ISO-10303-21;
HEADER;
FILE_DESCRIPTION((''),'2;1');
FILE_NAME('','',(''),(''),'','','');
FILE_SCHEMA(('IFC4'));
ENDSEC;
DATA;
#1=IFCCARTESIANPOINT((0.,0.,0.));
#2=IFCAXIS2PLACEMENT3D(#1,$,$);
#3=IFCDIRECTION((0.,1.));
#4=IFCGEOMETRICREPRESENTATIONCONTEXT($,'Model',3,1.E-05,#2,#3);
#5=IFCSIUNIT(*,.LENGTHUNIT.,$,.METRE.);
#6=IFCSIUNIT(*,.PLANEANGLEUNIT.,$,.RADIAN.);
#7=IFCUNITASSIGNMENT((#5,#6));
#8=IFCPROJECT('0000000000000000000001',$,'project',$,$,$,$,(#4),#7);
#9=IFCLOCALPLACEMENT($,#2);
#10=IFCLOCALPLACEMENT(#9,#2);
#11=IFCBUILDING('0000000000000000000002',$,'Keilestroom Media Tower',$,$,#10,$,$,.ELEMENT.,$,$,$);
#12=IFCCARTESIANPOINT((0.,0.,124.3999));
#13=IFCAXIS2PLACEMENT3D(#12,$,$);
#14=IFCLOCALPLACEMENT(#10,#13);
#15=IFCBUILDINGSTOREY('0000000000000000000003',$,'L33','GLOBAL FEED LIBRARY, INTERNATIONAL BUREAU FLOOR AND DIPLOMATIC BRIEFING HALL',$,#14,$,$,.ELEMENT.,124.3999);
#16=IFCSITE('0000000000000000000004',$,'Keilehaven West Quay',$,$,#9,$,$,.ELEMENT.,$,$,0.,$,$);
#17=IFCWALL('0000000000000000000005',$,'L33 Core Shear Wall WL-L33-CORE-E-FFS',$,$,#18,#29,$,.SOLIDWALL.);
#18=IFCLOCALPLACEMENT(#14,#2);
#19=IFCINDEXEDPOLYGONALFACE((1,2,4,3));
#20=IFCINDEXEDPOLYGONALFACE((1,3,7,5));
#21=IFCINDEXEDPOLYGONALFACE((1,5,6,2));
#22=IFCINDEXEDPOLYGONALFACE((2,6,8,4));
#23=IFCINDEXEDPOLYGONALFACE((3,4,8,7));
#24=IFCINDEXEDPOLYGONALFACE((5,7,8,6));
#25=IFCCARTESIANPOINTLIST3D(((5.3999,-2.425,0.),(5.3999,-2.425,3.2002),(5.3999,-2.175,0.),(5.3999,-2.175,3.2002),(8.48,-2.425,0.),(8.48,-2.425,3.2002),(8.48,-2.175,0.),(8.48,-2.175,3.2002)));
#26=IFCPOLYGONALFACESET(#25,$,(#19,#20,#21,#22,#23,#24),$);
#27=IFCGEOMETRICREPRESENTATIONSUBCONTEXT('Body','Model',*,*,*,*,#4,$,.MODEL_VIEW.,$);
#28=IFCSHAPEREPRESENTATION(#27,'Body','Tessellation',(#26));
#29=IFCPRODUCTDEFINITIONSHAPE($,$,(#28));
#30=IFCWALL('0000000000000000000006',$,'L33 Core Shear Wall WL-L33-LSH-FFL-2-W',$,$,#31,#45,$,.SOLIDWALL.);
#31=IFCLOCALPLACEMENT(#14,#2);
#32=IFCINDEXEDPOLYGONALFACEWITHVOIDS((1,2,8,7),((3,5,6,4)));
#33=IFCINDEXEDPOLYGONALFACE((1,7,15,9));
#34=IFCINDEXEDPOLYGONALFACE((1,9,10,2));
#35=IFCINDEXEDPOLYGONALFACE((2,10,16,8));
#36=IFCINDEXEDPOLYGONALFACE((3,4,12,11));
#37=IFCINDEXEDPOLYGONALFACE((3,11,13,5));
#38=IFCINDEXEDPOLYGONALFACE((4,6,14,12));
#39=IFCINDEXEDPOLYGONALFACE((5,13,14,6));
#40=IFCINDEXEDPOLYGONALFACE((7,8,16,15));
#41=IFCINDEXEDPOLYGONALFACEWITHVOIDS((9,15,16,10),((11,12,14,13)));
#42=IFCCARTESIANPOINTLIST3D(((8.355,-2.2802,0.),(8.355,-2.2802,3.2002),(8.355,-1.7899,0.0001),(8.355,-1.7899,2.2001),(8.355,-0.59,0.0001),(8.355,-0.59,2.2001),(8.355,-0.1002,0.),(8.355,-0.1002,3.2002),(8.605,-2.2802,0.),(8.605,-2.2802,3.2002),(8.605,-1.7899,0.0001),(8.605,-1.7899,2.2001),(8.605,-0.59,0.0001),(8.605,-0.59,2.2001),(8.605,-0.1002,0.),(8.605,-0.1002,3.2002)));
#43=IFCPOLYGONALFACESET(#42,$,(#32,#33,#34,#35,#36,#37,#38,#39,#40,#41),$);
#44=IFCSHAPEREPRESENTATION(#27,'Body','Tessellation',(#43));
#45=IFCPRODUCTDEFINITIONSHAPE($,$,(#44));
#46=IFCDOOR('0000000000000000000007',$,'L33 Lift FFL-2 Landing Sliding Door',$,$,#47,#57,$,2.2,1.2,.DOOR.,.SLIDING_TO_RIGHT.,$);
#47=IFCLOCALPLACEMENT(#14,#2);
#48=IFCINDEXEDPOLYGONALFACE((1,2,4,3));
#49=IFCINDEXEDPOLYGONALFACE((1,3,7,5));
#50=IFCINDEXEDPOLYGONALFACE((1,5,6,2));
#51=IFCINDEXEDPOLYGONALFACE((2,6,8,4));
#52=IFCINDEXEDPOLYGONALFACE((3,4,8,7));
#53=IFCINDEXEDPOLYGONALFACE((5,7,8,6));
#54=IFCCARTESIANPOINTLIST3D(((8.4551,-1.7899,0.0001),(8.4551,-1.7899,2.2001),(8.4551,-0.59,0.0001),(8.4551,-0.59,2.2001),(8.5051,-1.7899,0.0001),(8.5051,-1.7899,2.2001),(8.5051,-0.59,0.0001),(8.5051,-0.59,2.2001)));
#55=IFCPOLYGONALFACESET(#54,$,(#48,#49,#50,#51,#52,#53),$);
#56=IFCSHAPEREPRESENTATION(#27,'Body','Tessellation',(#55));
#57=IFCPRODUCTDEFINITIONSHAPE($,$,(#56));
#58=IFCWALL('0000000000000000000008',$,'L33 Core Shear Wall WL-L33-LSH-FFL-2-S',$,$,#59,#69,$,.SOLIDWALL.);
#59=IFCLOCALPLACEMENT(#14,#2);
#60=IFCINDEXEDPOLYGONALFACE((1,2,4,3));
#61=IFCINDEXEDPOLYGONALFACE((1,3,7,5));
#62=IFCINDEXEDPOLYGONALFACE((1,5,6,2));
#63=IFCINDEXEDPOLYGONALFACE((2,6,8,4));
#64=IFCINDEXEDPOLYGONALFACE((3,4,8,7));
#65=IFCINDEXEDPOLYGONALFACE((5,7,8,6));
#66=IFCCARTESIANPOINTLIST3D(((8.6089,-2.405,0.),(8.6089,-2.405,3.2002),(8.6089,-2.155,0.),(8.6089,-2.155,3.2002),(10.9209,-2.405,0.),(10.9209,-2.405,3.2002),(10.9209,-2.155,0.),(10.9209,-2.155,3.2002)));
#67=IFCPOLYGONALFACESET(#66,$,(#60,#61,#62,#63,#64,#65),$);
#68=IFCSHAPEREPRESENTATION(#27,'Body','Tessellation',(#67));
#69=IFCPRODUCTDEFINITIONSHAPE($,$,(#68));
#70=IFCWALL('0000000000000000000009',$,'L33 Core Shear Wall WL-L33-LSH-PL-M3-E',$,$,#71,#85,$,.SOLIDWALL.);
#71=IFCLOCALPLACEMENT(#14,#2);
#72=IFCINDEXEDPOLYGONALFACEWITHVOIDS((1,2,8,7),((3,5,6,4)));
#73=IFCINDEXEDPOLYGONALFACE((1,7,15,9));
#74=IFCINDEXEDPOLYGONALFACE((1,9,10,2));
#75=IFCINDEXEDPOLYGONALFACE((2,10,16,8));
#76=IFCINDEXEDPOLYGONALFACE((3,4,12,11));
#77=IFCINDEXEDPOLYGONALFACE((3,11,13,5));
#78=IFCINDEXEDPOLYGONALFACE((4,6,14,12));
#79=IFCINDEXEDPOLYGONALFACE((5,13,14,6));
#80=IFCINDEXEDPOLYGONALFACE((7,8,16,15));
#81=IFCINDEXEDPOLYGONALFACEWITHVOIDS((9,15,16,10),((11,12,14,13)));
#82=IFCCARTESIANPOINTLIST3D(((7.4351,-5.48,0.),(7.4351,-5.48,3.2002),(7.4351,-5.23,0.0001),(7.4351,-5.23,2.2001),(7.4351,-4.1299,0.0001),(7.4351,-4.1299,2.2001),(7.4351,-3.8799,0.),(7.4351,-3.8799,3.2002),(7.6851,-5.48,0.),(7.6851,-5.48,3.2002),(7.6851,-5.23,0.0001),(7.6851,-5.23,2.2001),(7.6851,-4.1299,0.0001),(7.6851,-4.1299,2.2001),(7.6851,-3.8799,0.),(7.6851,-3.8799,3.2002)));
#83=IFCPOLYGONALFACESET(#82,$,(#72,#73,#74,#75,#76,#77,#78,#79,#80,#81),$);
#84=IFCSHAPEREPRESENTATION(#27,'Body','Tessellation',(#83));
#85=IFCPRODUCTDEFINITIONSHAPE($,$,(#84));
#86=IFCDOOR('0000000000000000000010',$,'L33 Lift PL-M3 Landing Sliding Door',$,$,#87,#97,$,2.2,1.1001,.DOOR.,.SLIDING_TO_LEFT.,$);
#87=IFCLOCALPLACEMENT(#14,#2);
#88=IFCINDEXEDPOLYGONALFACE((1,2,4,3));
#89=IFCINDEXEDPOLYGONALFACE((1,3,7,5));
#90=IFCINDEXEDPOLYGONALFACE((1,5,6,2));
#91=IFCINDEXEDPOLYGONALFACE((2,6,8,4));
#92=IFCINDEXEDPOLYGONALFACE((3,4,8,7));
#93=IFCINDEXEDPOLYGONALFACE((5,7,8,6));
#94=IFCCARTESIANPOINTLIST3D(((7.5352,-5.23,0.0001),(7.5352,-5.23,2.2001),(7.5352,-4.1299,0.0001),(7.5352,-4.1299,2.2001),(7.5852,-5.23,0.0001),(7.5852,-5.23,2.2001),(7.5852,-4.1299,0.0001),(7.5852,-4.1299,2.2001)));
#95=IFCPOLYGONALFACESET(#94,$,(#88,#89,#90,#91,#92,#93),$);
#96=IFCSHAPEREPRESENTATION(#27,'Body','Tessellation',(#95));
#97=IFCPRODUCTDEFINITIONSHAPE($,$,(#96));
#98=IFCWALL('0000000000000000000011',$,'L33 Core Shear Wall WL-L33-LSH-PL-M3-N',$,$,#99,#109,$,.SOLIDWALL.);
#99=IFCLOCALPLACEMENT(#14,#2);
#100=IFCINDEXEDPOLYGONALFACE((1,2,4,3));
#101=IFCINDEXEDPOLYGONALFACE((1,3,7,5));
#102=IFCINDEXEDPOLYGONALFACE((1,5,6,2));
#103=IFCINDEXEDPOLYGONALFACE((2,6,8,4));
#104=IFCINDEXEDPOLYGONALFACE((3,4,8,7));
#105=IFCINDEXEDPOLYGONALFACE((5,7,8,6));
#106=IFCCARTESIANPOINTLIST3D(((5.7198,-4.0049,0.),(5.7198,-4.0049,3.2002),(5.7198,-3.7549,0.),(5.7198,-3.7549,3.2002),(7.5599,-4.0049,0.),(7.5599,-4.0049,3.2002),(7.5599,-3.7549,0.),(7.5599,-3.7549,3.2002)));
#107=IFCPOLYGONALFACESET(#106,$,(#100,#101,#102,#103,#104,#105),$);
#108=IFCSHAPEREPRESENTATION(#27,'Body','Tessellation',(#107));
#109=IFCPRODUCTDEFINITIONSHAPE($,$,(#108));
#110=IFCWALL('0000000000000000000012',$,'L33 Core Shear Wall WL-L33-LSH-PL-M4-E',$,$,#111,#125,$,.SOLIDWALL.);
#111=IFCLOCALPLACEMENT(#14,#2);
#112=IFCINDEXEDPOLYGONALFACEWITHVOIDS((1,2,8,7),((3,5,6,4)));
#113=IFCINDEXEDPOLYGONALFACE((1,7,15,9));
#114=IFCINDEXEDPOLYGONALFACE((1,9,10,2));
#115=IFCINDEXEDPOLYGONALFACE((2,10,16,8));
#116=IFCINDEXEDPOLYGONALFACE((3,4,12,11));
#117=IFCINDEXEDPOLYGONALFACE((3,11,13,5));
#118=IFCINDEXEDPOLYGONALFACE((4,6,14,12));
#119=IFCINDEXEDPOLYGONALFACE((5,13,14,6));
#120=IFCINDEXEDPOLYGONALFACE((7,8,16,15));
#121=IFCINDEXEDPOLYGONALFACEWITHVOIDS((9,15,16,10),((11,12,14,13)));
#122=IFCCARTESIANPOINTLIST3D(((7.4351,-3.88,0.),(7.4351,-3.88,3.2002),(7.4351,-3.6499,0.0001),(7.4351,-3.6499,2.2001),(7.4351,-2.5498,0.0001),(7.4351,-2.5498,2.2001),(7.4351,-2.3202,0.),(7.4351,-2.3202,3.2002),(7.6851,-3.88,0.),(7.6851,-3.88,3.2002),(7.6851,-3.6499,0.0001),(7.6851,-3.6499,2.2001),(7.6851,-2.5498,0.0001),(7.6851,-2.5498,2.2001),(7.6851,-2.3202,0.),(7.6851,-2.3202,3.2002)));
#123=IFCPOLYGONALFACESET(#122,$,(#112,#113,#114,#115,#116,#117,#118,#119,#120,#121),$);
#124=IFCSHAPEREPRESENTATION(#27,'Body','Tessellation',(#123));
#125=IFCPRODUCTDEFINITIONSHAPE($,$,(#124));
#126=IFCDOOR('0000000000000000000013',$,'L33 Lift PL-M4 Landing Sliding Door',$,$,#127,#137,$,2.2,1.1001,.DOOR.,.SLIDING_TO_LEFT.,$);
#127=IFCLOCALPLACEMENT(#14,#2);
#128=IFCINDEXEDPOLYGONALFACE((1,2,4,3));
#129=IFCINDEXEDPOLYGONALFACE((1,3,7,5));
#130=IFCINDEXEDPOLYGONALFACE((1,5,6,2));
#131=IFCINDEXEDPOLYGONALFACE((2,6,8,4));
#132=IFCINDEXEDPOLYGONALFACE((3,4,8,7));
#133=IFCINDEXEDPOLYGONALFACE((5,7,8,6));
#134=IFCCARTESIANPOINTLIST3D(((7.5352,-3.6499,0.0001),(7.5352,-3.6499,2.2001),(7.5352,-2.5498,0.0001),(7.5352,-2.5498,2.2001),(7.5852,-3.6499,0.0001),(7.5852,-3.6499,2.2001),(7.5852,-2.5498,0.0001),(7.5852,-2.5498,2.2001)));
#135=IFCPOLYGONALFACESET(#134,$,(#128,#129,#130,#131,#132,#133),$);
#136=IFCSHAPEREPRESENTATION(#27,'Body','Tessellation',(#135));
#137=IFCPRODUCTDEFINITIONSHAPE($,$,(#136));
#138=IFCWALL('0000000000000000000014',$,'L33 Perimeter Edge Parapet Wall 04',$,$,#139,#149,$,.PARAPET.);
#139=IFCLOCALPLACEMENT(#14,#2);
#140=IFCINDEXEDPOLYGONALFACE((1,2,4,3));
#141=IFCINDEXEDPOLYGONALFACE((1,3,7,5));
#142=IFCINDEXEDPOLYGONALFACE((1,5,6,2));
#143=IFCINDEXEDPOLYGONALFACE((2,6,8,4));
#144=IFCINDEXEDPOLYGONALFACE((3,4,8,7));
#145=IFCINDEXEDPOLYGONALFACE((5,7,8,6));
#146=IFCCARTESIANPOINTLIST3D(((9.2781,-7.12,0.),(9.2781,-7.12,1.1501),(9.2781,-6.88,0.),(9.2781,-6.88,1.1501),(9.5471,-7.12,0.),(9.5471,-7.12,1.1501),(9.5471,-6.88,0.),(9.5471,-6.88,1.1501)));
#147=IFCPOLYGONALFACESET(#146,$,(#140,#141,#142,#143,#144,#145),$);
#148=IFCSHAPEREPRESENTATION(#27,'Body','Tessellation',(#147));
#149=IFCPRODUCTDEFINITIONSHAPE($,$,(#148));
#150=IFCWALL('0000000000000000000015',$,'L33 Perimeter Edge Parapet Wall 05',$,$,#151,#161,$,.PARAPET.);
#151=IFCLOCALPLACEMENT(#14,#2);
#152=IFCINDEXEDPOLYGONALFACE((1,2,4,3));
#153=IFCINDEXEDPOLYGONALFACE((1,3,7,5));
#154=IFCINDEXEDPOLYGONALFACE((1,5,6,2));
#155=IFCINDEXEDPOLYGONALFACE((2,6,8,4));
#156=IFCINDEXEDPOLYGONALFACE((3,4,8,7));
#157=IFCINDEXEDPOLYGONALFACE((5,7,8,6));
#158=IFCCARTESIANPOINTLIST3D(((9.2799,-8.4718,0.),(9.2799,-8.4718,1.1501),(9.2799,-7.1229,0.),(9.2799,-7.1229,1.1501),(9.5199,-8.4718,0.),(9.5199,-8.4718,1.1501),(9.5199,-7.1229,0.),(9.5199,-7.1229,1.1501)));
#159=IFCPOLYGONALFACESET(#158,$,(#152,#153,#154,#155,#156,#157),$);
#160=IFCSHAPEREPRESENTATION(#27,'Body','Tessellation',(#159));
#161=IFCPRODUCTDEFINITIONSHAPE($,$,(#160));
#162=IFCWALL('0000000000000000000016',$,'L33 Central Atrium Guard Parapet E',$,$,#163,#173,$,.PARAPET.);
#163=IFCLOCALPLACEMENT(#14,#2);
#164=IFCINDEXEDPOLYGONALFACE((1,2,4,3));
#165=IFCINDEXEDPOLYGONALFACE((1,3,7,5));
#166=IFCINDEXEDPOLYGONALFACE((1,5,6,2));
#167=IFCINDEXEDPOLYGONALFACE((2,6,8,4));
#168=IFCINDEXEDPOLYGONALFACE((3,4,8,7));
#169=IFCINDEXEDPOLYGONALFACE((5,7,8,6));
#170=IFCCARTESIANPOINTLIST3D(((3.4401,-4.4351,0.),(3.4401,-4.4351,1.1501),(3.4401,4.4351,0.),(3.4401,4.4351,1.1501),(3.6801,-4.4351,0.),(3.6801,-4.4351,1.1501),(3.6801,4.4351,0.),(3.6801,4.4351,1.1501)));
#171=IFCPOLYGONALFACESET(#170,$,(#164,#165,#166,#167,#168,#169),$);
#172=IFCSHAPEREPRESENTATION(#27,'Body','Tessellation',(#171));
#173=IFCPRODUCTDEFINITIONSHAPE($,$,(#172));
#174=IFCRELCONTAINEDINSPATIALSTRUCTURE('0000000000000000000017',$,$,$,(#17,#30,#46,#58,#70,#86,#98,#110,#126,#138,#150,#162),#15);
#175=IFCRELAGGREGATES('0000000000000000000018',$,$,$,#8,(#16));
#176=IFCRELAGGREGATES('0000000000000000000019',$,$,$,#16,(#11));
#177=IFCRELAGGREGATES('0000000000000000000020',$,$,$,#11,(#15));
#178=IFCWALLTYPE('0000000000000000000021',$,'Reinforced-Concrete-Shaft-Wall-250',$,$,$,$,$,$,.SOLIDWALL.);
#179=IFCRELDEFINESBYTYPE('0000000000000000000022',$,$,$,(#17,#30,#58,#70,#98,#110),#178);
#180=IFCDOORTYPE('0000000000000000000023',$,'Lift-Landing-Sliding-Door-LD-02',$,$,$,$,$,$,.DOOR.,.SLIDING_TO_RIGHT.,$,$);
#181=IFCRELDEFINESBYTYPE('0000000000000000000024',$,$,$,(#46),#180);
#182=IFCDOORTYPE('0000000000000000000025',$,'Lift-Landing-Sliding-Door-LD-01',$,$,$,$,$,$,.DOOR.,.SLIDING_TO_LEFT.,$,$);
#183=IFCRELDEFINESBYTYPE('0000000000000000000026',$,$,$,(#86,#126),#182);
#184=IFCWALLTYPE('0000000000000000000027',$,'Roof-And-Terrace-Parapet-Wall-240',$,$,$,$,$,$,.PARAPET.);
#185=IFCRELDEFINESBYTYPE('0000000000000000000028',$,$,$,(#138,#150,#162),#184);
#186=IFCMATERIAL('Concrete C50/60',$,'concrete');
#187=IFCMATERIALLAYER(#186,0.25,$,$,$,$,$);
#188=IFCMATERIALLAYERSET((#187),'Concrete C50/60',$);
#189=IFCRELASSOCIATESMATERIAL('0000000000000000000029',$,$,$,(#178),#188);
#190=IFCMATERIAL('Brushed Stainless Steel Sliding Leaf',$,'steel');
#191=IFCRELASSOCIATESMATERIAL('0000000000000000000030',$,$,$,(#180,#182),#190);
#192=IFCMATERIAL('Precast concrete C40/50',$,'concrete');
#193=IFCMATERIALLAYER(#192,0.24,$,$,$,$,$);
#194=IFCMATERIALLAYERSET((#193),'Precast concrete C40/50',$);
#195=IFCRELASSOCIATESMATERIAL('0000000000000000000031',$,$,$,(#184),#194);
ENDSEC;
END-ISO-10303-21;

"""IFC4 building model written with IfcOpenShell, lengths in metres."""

from ifc_helpers import new_model, si_unit, direction, frame, frame_2d, origin, place, context, subcontext, project, spatial, rectangle, extrude, source, transform, mapped, material, layer, layer_set, type_object, element, fill, save


model = new_model("IFC4")

# Units and contexts
model_context = context("Model", 3, precision=1e-05, world=origin(), true_north=direction((0.0, 1.0)))
body_context = subcontext(model_context, "Body", "Model", "MODEL_VIEW")
ifc_project = project(units=[si_unit("LENGTHUNIT", "METRE"), si_unit("PLANEANGLEUNIT", "RADIAN")], contexts=[model_context])

# Site, building, storey
site_placement = place(None, origin())
site = spatial("IfcSite", under=ifc_project, at=site_placement, Name="Keilehaven West Quay", CompositionType="ELEMENT", RefElevation=0.0)
building_placement = place(site_placement, origin())
building = spatial("IfcBuilding", under=site, at=building_placement, Name="Keilestroom Media Tower", CompositionType="ELEMENT")
storey_placement = place(building_placement, frame((0.0, 0.0, 124.3999)))
storey = spatial("IfcBuildingStorey", under=building, at=storey_placement, Name="L33", Description="GLOBAL FEED LIBRARY, INTERNATIONAL BUREAU FLOOR AND DIPLOMATIC BRIEFING HALL", CompositionType="ELEMENT", Elevation=124.3999)

# Shared definitions
shared_shape_1 = source(origin(), body_context, "Body", "SweptSolid", [
    extrude(rectangle(XDim=1.2, YDim=2.2, at=frame_2d((0.6001, 1.1001))), frame((0.0, 0.0249, 0.0), z_axis=(0.0, -1.0, 0.0), x_axis=(1.0, 0.0, 0.0)), (0.0, 0.0, 1.0), 0.05),
])

# Wall
ifc_material_1 = material(Name="Concrete C50/60", Category="concrete")
ifc_layer_1 = layer(ifc_material_1, 0.25)
ifc_layer_set_1 = layer_set([ifc_layer_1], Name="Concrete C50/60")
wall_type_1 = type_object("IfcWallType", Name="Reinforced-Concrete-Shaft-Wall-250", PredefinedType="SOLIDWALL", material=ifc_layer_set_1)
wall_1_placement = place(storey_placement, frame((5.3999, -2.3, 0.0), z_axis=(0.0, 0.0, 1.0), x_axis=(1.0, 0.0, 0.0)))
element("IfcWall", 1, at=wall_1_placement, inside=storey, type_object=wall_type_1, Name="L33 Core Shear Wall WL-L33-CORE-E-FFS", PredefinedType="SOLIDWALL", context=body_context, shape_type="SweptSolid", body=[
    extrude(rectangle(XDim=3.0801, YDim=0.25, at=frame_2d((1.54, 0.0))), origin(), (0.0, 0.0, 1.0), 3.2002),
])

# Wall, opening, door
wall_2_placement = place(storey_placement, frame((8.48, -2.28, 0.0), z_axis=(0.0, 0.0, 1.0), x_axis=(0.0, 1.0, 0.0)))
wall_2 = element("IfcWall", 2, at=wall_2_placement, inside=storey, type_object=wall_type_1, Name="L33 Core Shear Wall WL-L33-LSH-FFL-2-W", PredefinedType="SOLIDWALL", context=body_context, shape_type="SweptSolid", body=[
    extrude(rectangle(XDim=2.1799, YDim=0.25, at=frame_2d((1.0898, 0.0))), origin(), (0.0, 0.0, 1.0), 3.2002),
])
opening_1_placement = place(wall_2_placement, frame((0.49, 0.0, 0.0)))
opening_1 = element("IfcOpeningElement", 3, at=opening_1_placement, cuts=wall_2, PredefinedType="OPENING", context=body_context, shape_type="SweptSolid", body=[
    extrude(rectangle(XDim=1.2, YDim=2.2, at=frame_2d((0.6001, 1.1001))), frame((0.0, 0.135, 0.0), z_axis=(0.0, -1.0, 0.0), x_axis=(1.0, 0.0, 0.0)), (0.0, 0.0, 1.0), 0.27),
])
ifc_material_2 = material(Name="Brushed Stainless Steel Sliding Leaf", Category="steel")
door_type_1 = type_object("IfcDoorType", Name="Lift-Landing-Sliding-Door-LD-02", OperationType="SLIDING_TO_RIGHT", PredefinedType="DOOR", material=ifc_material_2)
door_1_placement = place(opening_1_placement, origin())
door_1 = element("IfcDoor", 4, at=door_1_placement, inside=storey, type_object=door_type_1, Name="L33 Lift FFL-2 Landing Sliding Door", OperationType="SLIDING_TO_RIGHT", OverallHeight=2.2, OverallWidth=1.2, PredefinedType="DOOR", context=body_context, shape_type="MappedRepresentation", body=[
    mapped(shared_shape_1, transform((0.0, 0.0, 0.0), x_axis=(1.0, 0.0, 0.0), y_axis=(0.0, 1.0, 0.0), z_axis=(0.0, 0.0, 1.0), scale=1.0)),
])
fill(opening_1, door_1)

# Wall
wall_3_placement = place(storey_placement, frame((8.6089, -2.28, 0.0), z_axis=(0.0, 0.0, 1.0), x_axis=(1.0, 0.0, 0.0)))
element("IfcWall", 5, at=wall_3_placement, inside=storey, type_object=wall_type_1, Name="L33 Core Shear Wall WL-L33-LSH-FFL-2-S", PredefinedType="SOLIDWALL", context=body_context, shape_type="SweptSolid", body=[
    extrude(rectangle(XDim=2.312, YDim=0.25, at=frame_2d((1.156, 0.0))), origin(), (0.0, 0.0, 1.0), 3.2002),
])

# Wall, opening, door
wall_4_placement = place(storey_placement, frame((7.5601, -5.48, 0.0), z_axis=(0.0, 0.0, 1.0), x_axis=(0.0, 1.0, 0.0)))
wall_4 = element("IfcWall", 6, at=wall_4_placement, inside=storey, type_object=wall_type_1, Name="L33 Core Shear Wall WL-L33-LSH-PL-M3-E", PredefinedType="SOLIDWALL", context=body_context, shape_type="SweptSolid", body=[
    extrude(rectangle(XDim=1.6001, YDim=0.25, at=frame_2d((0.8, 0.0))), origin(), (0.0, 0.0, 1.0), 3.2002),
])
opening_2_placement = place(wall_4_placement, frame((0.25, 0.0, 0.0)))
opening_2 = element("IfcOpeningElement", 7, at=opening_2_placement, cuts=wall_4, PredefinedType="OPENING", context=body_context, shape_type="SweptSolid", body=[
    extrude(rectangle(XDim=1.1001, YDim=2.2, at=frame_2d((0.55, 1.1001))), frame((0.0, 0.135, 0.0), z_axis=(0.0, -1.0, 0.0), x_axis=(1.0, 0.0, 0.0)), (0.0, 0.0, 1.0), 0.27),
])
door_type_2 = type_object("IfcDoorType", Name="Lift-Landing-Sliding-Door-LD-01", OperationType="SLIDING_TO_LEFT", PredefinedType="DOOR", material=ifc_material_2)
shared_shape_2 = source(origin(), body_context, "Body", "SweptSolid", [
    extrude(rectangle(XDim=1.1001, YDim=2.2, at=frame_2d((0.55, 1.1001))), frame((0.0, 0.0249, 0.0), z_axis=(0.0, -1.0, 0.0), x_axis=(1.0, 0.0, 0.0)), (0.0, 0.0, 1.0), 0.05),
])
door_2_placement = place(opening_2_placement, origin())
door_2 = element("IfcDoor", 8, at=door_2_placement, inside=storey, type_object=door_type_2, Name="L33 Lift PL-M3 Landing Sliding Door", OperationType="SLIDING_TO_LEFT", OverallHeight=2.2, OverallWidth=1.1001, PredefinedType="DOOR", context=body_context, shape_type="MappedRepresentation", body=[
    mapped(shared_shape_2, transform((0.0, 0.0, 0.0), x_axis=(1.0, 0.0, 0.0), y_axis=(0.0, 1.0, 0.0), z_axis=(0.0, 0.0, 1.0), scale=1.0)),
])
fill(opening_2, door_2)

# Wall
wall_5_placement = place(storey_placement, frame((5.72, -3.8799, 0.0), z_axis=(0.0, 0.0, 1.0), x_axis=(1.0, 0.0, 0.0)))
element("IfcWall", 9, at=wall_5_placement, inside=storey, type_object=wall_type_1, Name="L33 Core Shear Wall WL-L33-LSH-PL-M3-N", PredefinedType="SOLIDWALL", context=body_context, shape_type="SweptSolid", body=[
    extrude(rectangle(XDim=1.8401, YDim=0.25, at=frame_2d((0.9199, 0.0))), origin(), (0.0, 0.0, 1.0), 3.2002),
])

# Wall, opening, door
wall_6_placement = place(storey_placement, frame((7.5601, -3.8799, 0.0), z_axis=(0.0, 0.0, 1.0), x_axis=(0.0, 1.0, 0.0)))
wall_6 = element("IfcWall", 10, at=wall_6_placement, inside=storey, type_object=wall_type_1, Name="L33 Core Shear Wall WL-L33-LSH-PL-M4-E", PredefinedType="SOLIDWALL", context=body_context, shape_type="SweptSolid", body=[
    extrude(rectangle(XDim=1.5598, YDim=0.25, at=frame_2d((0.7798, 0.0))), origin(), (0.0, 0.0, 1.0), 3.2002),
])
opening_3_placement = place(wall_6_placement, frame((0.23, 0.0, 0.0)))
opening_3 = element("IfcOpeningElement", 11, at=opening_3_placement, cuts=wall_6, PredefinedType="OPENING", context=body_context, shape_type="SweptSolid", body=[
    extrude(rectangle(XDim=1.1001, YDim=2.2, at=frame_2d((0.55, 1.1001))), frame((0.0, 0.135, 0.0), z_axis=(0.0, -1.0, 0.0), x_axis=(1.0, 0.0, 0.0)), (0.0, 0.0, 1.0), 0.27),
])
door_3_placement = place(opening_3_placement, origin())
door_3 = element("IfcDoor", 12, at=door_3_placement, inside=storey, type_object=door_type_2, Name="L33 Lift PL-M4 Landing Sliding Door", OperationType="SLIDING_TO_LEFT", OverallHeight=2.2, OverallWidth=1.1001, PredefinedType="DOOR", context=body_context, shape_type="MappedRepresentation", body=[
    mapped(shared_shape_2, transform((0.0, 0.0, 0.0), x_axis=(1.0, 0.0, 0.0), y_axis=(0.0, 1.0, 0.0), z_axis=(0.0, 0.0, 1.0), scale=1.0)),
])
fill(opening_3, door_3)

# Walls
ifc_material_3 = material(Name="Precast concrete C40/50", Category="concrete")
ifc_layer_2 = layer(ifc_material_3, 0.24)
ifc_layer_set_2 = layer_set([ifc_layer_2], Name="Precast concrete C40/50")
wall_type_2 = type_object("IfcWallType", Name="Roof-And-Terrace-Parapet-Wall-240", PredefinedType="PARAPET", material=ifc_layer_set_2)
wall_7_placement = place(storey_placement, frame((9.5471, -7.0, 0.0), z_axis=(0.0, 0.0, 1.0), x_axis=(-1.0, 0.0, 0.0)))
element("IfcWall", 13, at=wall_7_placement, inside=storey, type_object=wall_type_2, Name="L33 Perimeter Edge Parapet Wall 04", PredefinedType="PARAPET", context=body_context, shape_type="SweptSolid", body=[
    extrude(rectangle(XDim=0.269, YDim=0.24, at=frame_2d((0.1345, 0.0))), origin(), (0.0, 0.0, 1.0), 1.1501),
])
wall_8_placement = place(storey_placement, frame((9.3999, -7.123, 0.0), z_axis=(0.0, 0.0, 1.0), x_axis=(0.0, -1.0, 0.0)))
element("IfcWall", 14, at=wall_8_placement, inside=storey, type_object=wall_type_2, Name="L33 Perimeter Edge Parapet Wall 05", PredefinedType="PARAPET", context=body_context, shape_type="SweptSolid", body=[
    extrude(rectangle(XDim=1.3489, YDim=0.24, at=frame_2d((0.6743, 0.0))), origin(), (0.0, 0.0, 1.0), 1.1501),
])
wall_9_placement = place(storey_placement, frame((3.5601, -4.4351, 0.0), z_axis=(0.0, 0.0, 1.0), x_axis=(0.0, 1.0, 0.0)))
element("IfcWall", 15, at=wall_9_placement, inside=storey, type_object=wall_type_2, Name="L33 Central Atrium Guard Parapet E", PredefinedType="PARAPET", context=body_context, shape_type="SweptSolid", body=[
    extrude(rectangle(XDim=8.8701, YDim=0.24, at=frame_2d((4.4351, 0.0))), origin(), (0.0, 0.0, 1.0), 1.1501),
])

save(model, "model.ifc")
